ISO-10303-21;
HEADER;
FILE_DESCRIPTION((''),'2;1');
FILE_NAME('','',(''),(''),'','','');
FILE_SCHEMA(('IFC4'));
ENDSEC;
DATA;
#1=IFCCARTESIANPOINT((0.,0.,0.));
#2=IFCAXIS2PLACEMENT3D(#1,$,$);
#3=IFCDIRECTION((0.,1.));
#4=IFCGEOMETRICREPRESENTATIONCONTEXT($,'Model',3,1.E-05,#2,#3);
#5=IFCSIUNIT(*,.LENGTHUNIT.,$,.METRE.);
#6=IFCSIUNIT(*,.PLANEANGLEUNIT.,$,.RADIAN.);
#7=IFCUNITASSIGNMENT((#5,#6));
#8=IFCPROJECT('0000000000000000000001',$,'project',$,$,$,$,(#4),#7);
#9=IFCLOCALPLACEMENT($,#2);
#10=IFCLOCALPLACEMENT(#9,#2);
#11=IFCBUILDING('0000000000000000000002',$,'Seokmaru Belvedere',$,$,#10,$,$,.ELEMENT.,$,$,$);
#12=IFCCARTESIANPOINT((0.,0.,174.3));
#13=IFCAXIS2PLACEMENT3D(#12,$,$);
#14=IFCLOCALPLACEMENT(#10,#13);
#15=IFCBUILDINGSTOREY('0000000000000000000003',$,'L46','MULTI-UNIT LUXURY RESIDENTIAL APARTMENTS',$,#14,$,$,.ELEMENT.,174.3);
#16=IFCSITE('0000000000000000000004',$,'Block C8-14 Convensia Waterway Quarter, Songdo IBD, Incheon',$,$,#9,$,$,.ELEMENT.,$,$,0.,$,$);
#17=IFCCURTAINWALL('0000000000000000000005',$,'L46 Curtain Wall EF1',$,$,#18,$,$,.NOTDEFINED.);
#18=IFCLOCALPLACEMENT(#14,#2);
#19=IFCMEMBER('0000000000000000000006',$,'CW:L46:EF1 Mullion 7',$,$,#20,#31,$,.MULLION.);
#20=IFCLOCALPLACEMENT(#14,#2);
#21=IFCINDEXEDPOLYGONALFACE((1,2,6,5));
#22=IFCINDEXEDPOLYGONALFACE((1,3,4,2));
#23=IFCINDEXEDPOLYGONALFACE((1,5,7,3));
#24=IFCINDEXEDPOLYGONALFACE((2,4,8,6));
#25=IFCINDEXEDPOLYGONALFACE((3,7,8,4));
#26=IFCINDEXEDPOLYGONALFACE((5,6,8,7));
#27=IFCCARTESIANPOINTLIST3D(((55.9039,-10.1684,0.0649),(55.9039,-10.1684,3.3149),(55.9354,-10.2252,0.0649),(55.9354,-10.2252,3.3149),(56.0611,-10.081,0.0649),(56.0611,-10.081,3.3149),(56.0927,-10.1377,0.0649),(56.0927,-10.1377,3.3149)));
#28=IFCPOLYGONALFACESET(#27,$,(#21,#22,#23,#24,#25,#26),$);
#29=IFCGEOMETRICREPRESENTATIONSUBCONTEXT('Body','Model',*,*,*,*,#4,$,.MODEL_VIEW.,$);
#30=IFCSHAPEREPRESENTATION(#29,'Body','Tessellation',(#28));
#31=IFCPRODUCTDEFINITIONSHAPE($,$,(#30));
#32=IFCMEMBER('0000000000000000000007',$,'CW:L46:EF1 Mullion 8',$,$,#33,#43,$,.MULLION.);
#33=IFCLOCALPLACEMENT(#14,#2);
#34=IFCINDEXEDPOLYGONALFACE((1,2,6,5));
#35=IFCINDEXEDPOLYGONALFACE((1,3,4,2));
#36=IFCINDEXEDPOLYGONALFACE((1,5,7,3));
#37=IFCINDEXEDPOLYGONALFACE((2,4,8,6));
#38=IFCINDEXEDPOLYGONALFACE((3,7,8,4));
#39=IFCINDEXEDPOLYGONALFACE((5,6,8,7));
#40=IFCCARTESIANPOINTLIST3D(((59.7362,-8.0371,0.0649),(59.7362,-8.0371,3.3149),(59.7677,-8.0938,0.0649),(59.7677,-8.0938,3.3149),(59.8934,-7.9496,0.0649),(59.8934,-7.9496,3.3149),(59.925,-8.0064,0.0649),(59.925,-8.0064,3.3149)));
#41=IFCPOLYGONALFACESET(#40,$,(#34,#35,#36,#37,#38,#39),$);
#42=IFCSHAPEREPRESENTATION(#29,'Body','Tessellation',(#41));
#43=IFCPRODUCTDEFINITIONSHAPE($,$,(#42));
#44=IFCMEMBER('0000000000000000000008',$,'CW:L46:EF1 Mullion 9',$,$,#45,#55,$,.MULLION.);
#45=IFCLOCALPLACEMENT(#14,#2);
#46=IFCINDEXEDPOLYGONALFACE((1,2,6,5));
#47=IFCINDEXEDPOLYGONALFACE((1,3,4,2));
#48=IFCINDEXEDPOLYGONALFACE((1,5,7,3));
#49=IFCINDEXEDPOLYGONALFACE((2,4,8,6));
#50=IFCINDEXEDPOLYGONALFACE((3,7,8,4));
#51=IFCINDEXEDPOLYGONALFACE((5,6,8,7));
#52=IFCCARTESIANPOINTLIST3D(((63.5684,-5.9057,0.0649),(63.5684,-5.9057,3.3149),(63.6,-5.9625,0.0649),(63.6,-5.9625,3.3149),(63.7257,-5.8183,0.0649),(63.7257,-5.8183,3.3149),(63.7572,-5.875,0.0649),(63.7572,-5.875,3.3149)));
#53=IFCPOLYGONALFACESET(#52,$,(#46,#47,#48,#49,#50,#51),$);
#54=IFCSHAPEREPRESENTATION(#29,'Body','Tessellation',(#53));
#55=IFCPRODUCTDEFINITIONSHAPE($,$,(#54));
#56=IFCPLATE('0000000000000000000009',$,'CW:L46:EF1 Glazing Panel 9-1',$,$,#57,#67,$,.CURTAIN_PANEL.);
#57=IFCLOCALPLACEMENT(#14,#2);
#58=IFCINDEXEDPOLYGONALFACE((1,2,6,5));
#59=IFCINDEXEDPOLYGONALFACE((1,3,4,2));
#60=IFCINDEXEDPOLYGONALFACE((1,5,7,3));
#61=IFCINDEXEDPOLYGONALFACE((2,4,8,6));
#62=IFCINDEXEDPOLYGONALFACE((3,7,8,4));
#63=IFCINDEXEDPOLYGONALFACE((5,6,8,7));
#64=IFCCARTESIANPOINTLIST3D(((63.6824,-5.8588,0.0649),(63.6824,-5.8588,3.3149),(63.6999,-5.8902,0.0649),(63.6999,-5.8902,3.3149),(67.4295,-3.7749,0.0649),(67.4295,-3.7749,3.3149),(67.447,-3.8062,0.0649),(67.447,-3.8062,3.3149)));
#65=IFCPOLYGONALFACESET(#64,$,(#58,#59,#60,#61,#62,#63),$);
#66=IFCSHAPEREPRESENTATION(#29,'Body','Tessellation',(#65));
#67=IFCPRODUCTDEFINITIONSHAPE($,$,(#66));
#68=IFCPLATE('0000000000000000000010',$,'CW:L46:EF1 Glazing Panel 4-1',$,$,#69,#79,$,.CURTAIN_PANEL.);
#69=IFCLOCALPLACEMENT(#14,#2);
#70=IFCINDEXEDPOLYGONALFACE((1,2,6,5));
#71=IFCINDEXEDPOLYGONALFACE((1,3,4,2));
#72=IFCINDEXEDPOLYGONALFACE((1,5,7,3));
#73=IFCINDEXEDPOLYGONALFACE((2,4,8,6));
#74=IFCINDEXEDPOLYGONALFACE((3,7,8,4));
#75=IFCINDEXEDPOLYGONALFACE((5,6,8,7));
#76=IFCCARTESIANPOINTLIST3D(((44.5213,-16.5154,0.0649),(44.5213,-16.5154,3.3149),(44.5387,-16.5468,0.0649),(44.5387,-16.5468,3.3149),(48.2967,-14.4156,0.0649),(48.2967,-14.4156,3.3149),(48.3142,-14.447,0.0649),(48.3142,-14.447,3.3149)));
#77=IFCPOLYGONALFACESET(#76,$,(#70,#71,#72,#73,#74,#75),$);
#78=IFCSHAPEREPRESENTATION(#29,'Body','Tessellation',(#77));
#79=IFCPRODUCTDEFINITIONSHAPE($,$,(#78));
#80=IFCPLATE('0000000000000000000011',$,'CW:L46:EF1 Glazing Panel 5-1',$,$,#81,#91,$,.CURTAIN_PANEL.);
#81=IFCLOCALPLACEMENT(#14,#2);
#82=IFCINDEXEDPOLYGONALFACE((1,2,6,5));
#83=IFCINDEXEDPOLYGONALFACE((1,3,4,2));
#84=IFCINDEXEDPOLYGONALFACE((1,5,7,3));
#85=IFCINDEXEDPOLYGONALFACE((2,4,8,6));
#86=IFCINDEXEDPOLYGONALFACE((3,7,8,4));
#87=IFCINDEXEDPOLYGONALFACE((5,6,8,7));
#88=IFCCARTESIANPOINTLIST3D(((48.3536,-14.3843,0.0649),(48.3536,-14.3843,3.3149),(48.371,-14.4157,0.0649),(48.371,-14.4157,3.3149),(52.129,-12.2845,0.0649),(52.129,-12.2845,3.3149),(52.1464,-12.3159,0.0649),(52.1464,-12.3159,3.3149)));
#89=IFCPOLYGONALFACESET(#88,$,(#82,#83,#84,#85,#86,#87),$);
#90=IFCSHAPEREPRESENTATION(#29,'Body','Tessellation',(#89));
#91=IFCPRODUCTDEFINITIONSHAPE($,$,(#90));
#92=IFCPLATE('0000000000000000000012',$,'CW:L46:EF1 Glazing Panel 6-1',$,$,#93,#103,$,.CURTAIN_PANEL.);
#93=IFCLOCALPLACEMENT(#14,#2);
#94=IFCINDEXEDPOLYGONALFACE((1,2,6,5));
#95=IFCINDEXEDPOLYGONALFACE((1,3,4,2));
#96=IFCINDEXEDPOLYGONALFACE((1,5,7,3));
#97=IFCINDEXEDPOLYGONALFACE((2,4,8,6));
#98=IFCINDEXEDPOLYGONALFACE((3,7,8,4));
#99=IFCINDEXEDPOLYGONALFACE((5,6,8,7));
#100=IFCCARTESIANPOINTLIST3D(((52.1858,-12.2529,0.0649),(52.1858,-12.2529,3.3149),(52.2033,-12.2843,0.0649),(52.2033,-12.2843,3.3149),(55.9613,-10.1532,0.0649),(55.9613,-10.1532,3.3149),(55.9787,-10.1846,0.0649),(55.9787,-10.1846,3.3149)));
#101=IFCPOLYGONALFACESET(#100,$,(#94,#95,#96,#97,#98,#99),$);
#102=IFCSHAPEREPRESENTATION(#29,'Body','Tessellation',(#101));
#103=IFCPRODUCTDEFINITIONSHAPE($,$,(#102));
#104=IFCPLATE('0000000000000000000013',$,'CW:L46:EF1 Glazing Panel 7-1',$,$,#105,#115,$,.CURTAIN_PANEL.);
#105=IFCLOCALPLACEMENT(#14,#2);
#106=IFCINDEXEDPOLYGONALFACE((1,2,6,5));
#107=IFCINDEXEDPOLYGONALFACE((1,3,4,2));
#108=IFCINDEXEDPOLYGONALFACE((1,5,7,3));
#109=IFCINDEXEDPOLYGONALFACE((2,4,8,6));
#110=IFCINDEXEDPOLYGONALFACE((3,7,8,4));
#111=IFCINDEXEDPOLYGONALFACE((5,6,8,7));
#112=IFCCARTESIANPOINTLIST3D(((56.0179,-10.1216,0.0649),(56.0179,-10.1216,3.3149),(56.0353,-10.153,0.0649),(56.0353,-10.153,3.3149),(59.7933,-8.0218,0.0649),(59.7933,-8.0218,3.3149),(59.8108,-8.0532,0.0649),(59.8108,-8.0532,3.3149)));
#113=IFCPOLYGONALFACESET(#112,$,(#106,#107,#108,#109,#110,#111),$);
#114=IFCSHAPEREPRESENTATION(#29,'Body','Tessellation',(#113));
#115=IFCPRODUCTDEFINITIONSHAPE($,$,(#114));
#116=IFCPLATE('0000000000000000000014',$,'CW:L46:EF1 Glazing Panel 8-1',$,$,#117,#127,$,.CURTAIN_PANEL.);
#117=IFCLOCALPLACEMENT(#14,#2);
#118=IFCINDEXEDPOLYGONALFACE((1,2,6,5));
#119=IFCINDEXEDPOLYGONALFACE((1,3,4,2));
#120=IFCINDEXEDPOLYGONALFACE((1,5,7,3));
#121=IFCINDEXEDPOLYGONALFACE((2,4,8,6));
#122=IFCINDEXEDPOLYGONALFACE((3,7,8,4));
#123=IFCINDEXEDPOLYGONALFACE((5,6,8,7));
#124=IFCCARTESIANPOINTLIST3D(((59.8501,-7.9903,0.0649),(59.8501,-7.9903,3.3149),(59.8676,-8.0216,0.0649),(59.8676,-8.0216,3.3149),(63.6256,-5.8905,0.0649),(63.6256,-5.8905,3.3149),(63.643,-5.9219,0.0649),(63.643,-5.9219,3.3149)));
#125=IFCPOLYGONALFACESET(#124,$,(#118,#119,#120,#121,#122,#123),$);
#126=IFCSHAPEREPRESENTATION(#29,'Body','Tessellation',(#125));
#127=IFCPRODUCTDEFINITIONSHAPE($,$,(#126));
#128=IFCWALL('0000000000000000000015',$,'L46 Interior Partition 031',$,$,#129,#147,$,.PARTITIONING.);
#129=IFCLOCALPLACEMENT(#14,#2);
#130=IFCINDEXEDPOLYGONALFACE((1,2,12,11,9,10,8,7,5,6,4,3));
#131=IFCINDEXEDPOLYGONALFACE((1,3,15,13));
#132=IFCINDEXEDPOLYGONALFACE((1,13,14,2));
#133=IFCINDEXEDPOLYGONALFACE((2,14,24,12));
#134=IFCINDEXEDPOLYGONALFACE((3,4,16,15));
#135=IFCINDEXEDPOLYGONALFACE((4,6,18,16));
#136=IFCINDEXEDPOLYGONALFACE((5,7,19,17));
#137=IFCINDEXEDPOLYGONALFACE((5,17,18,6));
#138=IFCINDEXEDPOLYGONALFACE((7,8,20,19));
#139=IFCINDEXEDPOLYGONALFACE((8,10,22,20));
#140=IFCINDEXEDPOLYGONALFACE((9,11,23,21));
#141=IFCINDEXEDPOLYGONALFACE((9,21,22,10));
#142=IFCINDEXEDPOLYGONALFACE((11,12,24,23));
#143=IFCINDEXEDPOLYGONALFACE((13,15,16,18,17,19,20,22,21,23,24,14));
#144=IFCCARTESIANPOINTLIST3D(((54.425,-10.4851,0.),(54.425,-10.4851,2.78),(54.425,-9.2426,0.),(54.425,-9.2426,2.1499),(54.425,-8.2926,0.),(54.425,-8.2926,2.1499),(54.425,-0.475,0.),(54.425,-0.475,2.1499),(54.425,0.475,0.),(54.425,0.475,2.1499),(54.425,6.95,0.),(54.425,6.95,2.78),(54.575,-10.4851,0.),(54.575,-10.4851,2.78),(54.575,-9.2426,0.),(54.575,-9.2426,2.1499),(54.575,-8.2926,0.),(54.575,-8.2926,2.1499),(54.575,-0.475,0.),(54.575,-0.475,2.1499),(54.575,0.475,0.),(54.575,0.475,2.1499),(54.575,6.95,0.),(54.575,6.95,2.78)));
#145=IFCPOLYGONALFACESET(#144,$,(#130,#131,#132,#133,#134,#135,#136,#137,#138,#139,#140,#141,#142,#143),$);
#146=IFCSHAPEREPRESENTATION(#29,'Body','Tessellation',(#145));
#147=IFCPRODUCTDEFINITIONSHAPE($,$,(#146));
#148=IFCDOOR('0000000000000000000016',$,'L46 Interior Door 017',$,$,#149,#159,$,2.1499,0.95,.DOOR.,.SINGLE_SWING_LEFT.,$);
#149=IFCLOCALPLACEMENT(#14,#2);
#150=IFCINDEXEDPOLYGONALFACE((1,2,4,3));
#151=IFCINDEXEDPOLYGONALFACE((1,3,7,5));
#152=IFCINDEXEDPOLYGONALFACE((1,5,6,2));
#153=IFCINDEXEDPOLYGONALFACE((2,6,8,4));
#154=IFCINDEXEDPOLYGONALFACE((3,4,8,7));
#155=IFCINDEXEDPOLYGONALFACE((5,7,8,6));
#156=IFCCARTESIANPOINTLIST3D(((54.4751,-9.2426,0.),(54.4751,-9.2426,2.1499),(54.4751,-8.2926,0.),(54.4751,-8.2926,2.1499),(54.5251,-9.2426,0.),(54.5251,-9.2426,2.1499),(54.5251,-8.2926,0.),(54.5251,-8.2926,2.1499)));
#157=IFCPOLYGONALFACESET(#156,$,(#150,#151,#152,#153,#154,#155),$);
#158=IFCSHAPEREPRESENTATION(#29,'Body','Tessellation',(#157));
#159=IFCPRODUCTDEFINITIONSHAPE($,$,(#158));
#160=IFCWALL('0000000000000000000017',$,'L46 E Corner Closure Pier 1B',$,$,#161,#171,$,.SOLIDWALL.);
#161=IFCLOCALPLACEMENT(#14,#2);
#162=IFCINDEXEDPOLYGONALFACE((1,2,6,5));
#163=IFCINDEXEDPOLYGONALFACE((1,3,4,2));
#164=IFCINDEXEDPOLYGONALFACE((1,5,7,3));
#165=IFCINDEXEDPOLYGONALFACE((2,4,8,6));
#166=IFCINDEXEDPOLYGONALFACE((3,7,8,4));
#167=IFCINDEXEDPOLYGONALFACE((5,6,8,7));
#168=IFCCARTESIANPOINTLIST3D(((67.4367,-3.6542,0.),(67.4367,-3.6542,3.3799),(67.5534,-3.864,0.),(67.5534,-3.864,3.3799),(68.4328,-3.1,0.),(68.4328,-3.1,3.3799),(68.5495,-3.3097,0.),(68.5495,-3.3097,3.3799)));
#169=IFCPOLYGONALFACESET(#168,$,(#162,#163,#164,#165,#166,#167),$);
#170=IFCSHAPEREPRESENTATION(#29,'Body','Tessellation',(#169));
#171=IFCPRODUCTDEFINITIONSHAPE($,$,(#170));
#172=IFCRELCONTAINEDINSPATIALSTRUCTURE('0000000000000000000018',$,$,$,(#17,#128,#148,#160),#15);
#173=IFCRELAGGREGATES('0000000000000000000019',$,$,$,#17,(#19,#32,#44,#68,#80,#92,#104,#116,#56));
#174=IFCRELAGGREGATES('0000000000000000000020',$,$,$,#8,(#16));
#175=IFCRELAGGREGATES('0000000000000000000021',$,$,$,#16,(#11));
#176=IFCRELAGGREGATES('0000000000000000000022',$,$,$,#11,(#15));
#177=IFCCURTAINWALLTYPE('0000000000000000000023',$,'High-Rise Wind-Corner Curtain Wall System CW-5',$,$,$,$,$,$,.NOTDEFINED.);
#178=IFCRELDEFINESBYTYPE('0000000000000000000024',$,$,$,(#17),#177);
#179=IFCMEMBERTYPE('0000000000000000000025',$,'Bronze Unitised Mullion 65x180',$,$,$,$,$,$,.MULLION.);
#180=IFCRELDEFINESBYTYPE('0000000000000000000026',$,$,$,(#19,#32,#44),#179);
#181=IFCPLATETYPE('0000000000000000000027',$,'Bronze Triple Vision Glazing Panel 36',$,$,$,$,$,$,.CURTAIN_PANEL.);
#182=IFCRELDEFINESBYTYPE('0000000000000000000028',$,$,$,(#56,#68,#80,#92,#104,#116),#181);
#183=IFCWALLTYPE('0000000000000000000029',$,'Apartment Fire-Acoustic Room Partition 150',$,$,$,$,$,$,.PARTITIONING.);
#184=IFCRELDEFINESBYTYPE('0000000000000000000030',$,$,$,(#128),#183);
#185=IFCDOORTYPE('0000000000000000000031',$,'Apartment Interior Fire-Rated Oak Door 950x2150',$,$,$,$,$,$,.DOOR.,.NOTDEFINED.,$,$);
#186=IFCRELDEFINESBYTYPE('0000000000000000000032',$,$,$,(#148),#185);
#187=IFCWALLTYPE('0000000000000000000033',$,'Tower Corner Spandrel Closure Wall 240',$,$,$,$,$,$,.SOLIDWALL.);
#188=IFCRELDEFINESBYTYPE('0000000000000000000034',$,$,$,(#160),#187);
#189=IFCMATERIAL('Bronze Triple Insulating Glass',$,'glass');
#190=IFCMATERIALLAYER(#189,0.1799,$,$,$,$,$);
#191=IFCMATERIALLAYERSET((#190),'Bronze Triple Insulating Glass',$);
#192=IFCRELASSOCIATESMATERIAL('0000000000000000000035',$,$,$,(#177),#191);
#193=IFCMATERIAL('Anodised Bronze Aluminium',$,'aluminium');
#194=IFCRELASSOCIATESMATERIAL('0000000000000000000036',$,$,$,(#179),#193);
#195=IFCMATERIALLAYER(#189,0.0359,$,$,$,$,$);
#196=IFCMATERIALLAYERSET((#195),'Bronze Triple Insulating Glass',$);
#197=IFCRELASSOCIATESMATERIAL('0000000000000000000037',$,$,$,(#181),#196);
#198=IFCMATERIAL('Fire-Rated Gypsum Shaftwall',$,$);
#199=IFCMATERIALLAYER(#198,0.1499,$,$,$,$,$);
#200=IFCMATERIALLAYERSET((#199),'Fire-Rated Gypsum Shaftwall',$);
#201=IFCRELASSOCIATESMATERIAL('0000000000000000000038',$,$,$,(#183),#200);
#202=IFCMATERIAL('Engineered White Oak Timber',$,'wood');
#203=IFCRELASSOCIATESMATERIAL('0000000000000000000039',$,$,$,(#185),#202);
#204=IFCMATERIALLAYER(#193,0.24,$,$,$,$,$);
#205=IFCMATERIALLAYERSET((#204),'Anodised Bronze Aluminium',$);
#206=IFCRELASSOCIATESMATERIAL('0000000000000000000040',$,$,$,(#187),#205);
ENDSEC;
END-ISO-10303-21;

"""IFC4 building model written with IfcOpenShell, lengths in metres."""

from ifc_helpers import new_model, si_unit, direction, frame, frame_2d, origin, origin_2d, place, context, subcontext, project, spatial, rectangle, extrude, source, transform, mapped, material, layer, layer_set, material_profile, profile_set, type_object, type_shapes, element, fill, aggregate, save


model = new_model("IFC4")

# Units and contexts
model_context = context("Model", 3, precision=1e-05, world=origin(), true_north=direction((0.0, 1.0)))
body_context = subcontext(model_context, "Body", "Model", "MODEL_VIEW")
ifc_project = project(units=[si_unit("LENGTHUNIT", "METRE"), si_unit("PLANEANGLEUNIT", "RADIAN")], contexts=[model_context])

# Site, building, storey
site_placement = place(None, origin())
site = spatial("IfcSite", under=ifc_project, at=site_placement, Name="Block C8-14 Convensia Waterway Quarter, Songdo IBD, Incheon", CompositionType="ELEMENT", RefElevation=0.0)
building_placement = place(site_placement, origin())
building = spatial("IfcBuilding", under=site, at=building_placement, Name="Seokmaru Belvedere", CompositionType="ELEMENT")
storey_placement = place(building_placement, frame((0.0, 0.0, 174.3)))
storey = spatial("IfcBuildingStorey", under=building, at=storey_placement, Name="L46", Description="MULTI-UNIT LUXURY RESIDENTIAL APARTMENTS", CompositionType="ELEMENT", Elevation=174.3)

# Curtain wall, members, plates
ifc_material_1 = material(Name="Bronze Triple Insulating Glass", Category="glass")
ifc_layer_1 = layer(ifc_material_1, 0.1799)
ifc_layer_set_1 = layer_set([ifc_layer_1], Name="Bronze Triple Insulating Glass")
curtain_wall_type = type_object("IfcCurtainWallType", Name="High-Rise Wind-Corner Curtain Wall System CW-5", PredefinedType="NOTDEFINED", material=ifc_layer_set_1)
curtain_wall_placement = place(storey_placement, origin())
curtain_wall = element("IfcCurtainWall", 1, at=curtain_wall_placement, inside=storey, type_object=curtain_wall_type, Name="L46 Curtain Wall EF1", PredefinedType="NOTDEFINED")
ifc_material_2 = material(Name="Anodised Bronze Aluminium", Category="aluminium")
ifc_material_profile_1 = material_profile(ifc_material_2, rectangle(XDim=0.0649, YDim=0.1799, at=origin_2d()), Name="CW-M-65x180")
ifc_profile_set_1 = profile_set([ifc_material_profile_1], Name="Anodised Bronze Aluminium")
member_type = type_object("IfcMemberType", Name="Bronze Unitised Mullion 65x180", PredefinedType="MULLION", material=ifc_profile_set_1)
shared_shape_1 = source(origin(), body_context, "Body", "SweptSolid", [
    extrude(rectangle(XDim=0.0649, YDim=0.1799, at=origin_2d()), origin(), (0.0, 0.0, 1.0), 3.25),
])
member_1_placement = place(storey_placement, frame((55.9983, -10.1531, 0.0649), z_axis=(0.0, 0.0, 1.0), x_axis=(-0.486047, 0.873933, 0.0)))
member_1 = element("IfcMember", 2, at=member_1_placement, type_object=member_type, Name="CW:L46:EF1 Mullion 7", PredefinedType="MULLION", context=body_context, shape_type="MappedRepresentation", body=[
    mapped(shared_shape_1, transform((0.0, 0.0, 0.0), scale=1.0)),
])
member_2_placement = place(storey_placement, frame((59.8306, -8.0217, 0.0649), z_axis=(0.0, 0.0, 1.0), x_axis=(-0.486047, 0.873933, 0.0)))
member_2 = element("IfcMember", 3, at=member_2_placement, type_object=member_type, Name="CW:L46:EF1 Mullion 8", PredefinedType="MULLION", context=body_context, shape_type="MappedRepresentation", body=[
    mapped(shared_shape_1, transform((0.0, 0.0, 0.0), scale=1.0)),
])
member_3_placement = place(storey_placement, frame((63.6628, -5.8904, 0.0649), z_axis=(0.0, 0.0, 1.0), x_axis=(-0.486047, 0.873933, 0.0)))
member_3 = element("IfcMember", 4, at=member_3_placement, type_object=member_type, Name="CW:L46:EF1 Mullion 9", PredefinedType="MULLION", context=body_context, shape_type="MappedRepresentation", body=[
    mapped(shared_shape_1, transform((0.0, 0.0, 0.0), scale=1.0)),
])
ifc_layer_2 = layer(ifc_material_1, 0.0359)
ifc_layer_set_2 = layer_set([ifc_layer_2], Name="Bronze Triple Insulating Glass")
plate_type = type_object("IfcPlateType", Name="Bronze Triple Vision Glazing Panel 36", PredefinedType="CURTAIN_PANEL", material=ifc_layer_set_2)
shared_shape_2 = source(origin(), body_context, "Body", "SweptSolid", [
    extrude(rectangle(XDim=4.2876, YDim=0.0359, at=origin_2d()), origin(), (0.0, 0.0, 1.0), 3.25),
])
plate_1_placement = place(storey_placement, frame((65.5647, -4.8325, 0.0649), z_axis=(0.0, 0.0, 1.0), x_axis=(0.873933, 0.486047, 0.0)))
plate_1 = element("IfcPlate", 5, at=plate_1_placement, type_object=plate_type, Name="CW:L46:EF1 Glazing Panel 9-1", PredefinedType="CURTAIN_PANEL", context=body_context, shape_type="MappedRepresentation", body=[
    mapped(shared_shape_2, transform((0.0, 0.0, 0.0), scale=1.0)),
])
shared_shape_3 = source(origin(), body_context, "Body", "SweptSolid", [
    extrude(rectangle(XDim=4.3201, YDim=0.0359, at=origin_2d()), origin(), (0.0, 0.0, 1.0), 3.25),
])
type_shapes(plate_type, [shared_shape_2, shared_shape_3])
plate_2_placement = place(storey_placement, frame((46.4177, -15.4812, 0.0649), z_axis=(0.0, 0.0, 1.0), x_axis=(0.873933, 0.486047, 0.0)))
plate_2 = element("IfcPlate", 6, at=plate_2_placement, type_object=plate_type, Name="CW:L46:EF1 Glazing Panel 4-1", PredefinedType="CURTAIN_PANEL", context=body_context, shape_type="MappedRepresentation", body=[
    mapped(shared_shape_3, transform((0.0, 0.0, 0.0), scale=1.0)),
])
plate_3_placement = place(storey_placement, frame((50.25, -13.3501, 0.0649), z_axis=(0.0, 0.0, 1.0), x_axis=(0.873933, 0.486047, 0.0)))
plate_3 = element("IfcPlate", 7, at=plate_3_placement, type_object=plate_type, Name="CW:L46:EF1 Glazing Panel 5-1", PredefinedType="CURTAIN_PANEL", context=body_context, shape_type="MappedRepresentation", body=[
    mapped(shared_shape_3, transform((0.0, 0.0, 0.0), scale=1.0)),
])
plate_4_placement = place(storey_placement, frame((54.0823, -11.2188, 0.0649), z_axis=(0.0, 0.0, 1.0), x_axis=(0.873933, 0.486047, 0.0)))
plate_4 = element("IfcPlate", 8, at=plate_4_placement, type_object=plate_type, Name="CW:L46:EF1 Glazing Panel 6-1", PredefinedType="CURTAIN_PANEL", context=body_context, shape_type="MappedRepresentation", body=[
    mapped(shared_shape_3, transform((0.0, 0.0, 0.0), scale=1.0)),
])
plate_5_placement = place(storey_placement, frame((57.9143, -9.0874, 0.0649), z_axis=(0.0, 0.0, 1.0), x_axis=(0.873933, 0.486047, 0.0)))
plate_5 = element("IfcPlate", 9, at=plate_5_placement, type_object=plate_type, Name="CW:L46:EF1 Glazing Panel 7-1", PredefinedType="CURTAIN_PANEL", context=body_context, shape_type="MappedRepresentation", body=[
    mapped(shared_shape_3, transform((0.0, 0.0, 0.0), scale=1.0)),
])
plate_6_placement = place(storey_placement, frame((61.7466, -6.9561, 0.0649), z_axis=(0.0, 0.0, 1.0), x_axis=(0.873933, 0.486047, 0.0)))
plate_6 = element("IfcPlate", 10, at=plate_6_placement, type_object=plate_type, Name="CW:L46:EF1 Glazing Panel 8-1", PredefinedType="CURTAIN_PANEL", context=body_context, shape_type="MappedRepresentation", body=[
    mapped(shared_shape_3, transform((0.0, 0.0, 0.0), scale=1.0)),
])
aggregate(curtain_wall, [member_1, member_2, member_3, plate_2, plate_3, plate_4, plate_5, plate_6, plate_1])

# Wall, openings, door
ifc_material_3 = material(Name="Fire-Rated Gypsum Shaftwall")
ifc_layer_3 = layer(ifc_material_3, 0.1499)
ifc_layer_set_3 = layer_set([ifc_layer_3], Name="Fire-Rated Gypsum Shaftwall")
wall_type_1 = type_object("IfcWallType", Name="Apartment Fire-Acoustic Room Partition 150", PredefinedType="PARTITIONING", material=ifc_layer_set_3)
wall_1_placement = place(storey_placement, frame((54.5, -10.4851, 0.0), z_axis=(0.0, 0.0, 1.0), x_axis=(0.0, 1.0, 0.0)))
wall_1 = element("IfcWall", 11, at=wall_1_placement, inside=storey, type_object=wall_type_1, Name="L46 Interior Partition 031", PredefinedType="PARTITIONING", context=body_context, shape_type="SweptSolid", body=[
    extrude(rectangle(XDim=17.4351, YDim=0.1499, at=frame_2d((8.7175, 0.0))), origin(), (0.0, 0.0, 1.0), 2.78),
])
opening_1_placement = place(wall_1_placement, frame((1.2424, 0.0, 0.0)))
opening_1 = element("IfcOpeningElement", 12, at=opening_1_placement, cuts=wall_1, PredefinedType="OPENING", context=body_context, shape_type="SweptSolid", body=[
    extrude(rectangle(XDim=0.95, YDim=2.1499, at=frame_2d((0.4751, 1.075))), frame((0.0, 0.085, 0.0), z_axis=(0.0, -1.0, 0.0), x_axis=(1.0, 0.0, 0.0)), (0.0, 0.0, 1.0), 0.1699),
])
opening_2_placement = place(wall_1_placement, frame((10.01, 0.0, 0.0)))
element("IfcOpeningElement", 13, at=opening_2_placement, cuts=wall_1, PredefinedType="OPENING", context=body_context, shape_type="SweptSolid", body=[
    extrude(rectangle(XDim=0.95, YDim=2.1499, at=frame_2d((0.4751, 1.075))), frame((0.0, 0.085, 0.0), z_axis=(0.0, -1.0, 0.0), x_axis=(1.0, 0.0, 0.0)), (0.0, 0.0, 1.0), 0.1699),
])
ifc_material_4 = material(Name="Engineered White Oak Timber", Category="wood")
door_type = type_object("IfcDoorType", Name="Apartment Interior Fire-Rated Oak Door 950x2150", OperationType="NOTDEFINED", PredefinedType="DOOR", material=ifc_material_4)
shared_shape_4 = source(origin(), body_context, "Body", "SweptSolid", [
    extrude(rectangle(XDim=0.95, YDim=2.1499, at=frame_2d((0.4751, 1.075))), frame((0.0, 0.0249, 0.0), z_axis=(0.0, -1.0, 0.0), x_axis=(1.0, 0.0, 0.0)), (0.0, 0.0, 1.0), 0.05),
])
type_shapes(door_type, [shared_shape_4])
door_placement = place(opening_1_placement, origin())
door = element("IfcDoor", 14, at=door_placement, inside=storey, type_object=door_type, Name="L46 Interior Door 017", OperationType="SINGLE_SWING_LEFT", OverallHeight=2.1499, OverallWidth=0.95, PredefinedType="DOOR", context=body_context, shape_type="MappedRepresentation", body=[
    mapped(shared_shape_4, transform((0.0, 0.0, 0.0), scale=1.0)),
])
fill(opening_1, door)

# Wall
ifc_layer_4 = layer(ifc_material_2, 0.24)
ifc_layer_set_4 = layer_set([ifc_layer_4], Name="Anodised Bronze Aluminium")
wall_type_2 = type_object("IfcWallType", Name="Tower Corner Spandrel Closure Wall 240", PredefinedType="SOLIDWALL", material=ifc_layer_set_4)
wall_2_placement = place(storey_placement, frame((67.4951, -3.759, 0.0), z_axis=(0.0, 0.0, 1.0), x_axis=(0.873854, 0.486188, 0.0)))
element("IfcWall", 15, at=wall_2_placement, inside=storey, type_object=wall_type_2, Name="L46 E Corner Closure Pier 1B", PredefinedType="SOLIDWALL", context=body_context, shape_type="SweptSolid", body=[
    extrude(rectangle(XDim=1.1399, YDim=0.24, at=frame_2d((0.5698, 0.0))), origin(), (0.0, 0.0, 1.0), 3.3799),
])

save(model, "model.ifc")
